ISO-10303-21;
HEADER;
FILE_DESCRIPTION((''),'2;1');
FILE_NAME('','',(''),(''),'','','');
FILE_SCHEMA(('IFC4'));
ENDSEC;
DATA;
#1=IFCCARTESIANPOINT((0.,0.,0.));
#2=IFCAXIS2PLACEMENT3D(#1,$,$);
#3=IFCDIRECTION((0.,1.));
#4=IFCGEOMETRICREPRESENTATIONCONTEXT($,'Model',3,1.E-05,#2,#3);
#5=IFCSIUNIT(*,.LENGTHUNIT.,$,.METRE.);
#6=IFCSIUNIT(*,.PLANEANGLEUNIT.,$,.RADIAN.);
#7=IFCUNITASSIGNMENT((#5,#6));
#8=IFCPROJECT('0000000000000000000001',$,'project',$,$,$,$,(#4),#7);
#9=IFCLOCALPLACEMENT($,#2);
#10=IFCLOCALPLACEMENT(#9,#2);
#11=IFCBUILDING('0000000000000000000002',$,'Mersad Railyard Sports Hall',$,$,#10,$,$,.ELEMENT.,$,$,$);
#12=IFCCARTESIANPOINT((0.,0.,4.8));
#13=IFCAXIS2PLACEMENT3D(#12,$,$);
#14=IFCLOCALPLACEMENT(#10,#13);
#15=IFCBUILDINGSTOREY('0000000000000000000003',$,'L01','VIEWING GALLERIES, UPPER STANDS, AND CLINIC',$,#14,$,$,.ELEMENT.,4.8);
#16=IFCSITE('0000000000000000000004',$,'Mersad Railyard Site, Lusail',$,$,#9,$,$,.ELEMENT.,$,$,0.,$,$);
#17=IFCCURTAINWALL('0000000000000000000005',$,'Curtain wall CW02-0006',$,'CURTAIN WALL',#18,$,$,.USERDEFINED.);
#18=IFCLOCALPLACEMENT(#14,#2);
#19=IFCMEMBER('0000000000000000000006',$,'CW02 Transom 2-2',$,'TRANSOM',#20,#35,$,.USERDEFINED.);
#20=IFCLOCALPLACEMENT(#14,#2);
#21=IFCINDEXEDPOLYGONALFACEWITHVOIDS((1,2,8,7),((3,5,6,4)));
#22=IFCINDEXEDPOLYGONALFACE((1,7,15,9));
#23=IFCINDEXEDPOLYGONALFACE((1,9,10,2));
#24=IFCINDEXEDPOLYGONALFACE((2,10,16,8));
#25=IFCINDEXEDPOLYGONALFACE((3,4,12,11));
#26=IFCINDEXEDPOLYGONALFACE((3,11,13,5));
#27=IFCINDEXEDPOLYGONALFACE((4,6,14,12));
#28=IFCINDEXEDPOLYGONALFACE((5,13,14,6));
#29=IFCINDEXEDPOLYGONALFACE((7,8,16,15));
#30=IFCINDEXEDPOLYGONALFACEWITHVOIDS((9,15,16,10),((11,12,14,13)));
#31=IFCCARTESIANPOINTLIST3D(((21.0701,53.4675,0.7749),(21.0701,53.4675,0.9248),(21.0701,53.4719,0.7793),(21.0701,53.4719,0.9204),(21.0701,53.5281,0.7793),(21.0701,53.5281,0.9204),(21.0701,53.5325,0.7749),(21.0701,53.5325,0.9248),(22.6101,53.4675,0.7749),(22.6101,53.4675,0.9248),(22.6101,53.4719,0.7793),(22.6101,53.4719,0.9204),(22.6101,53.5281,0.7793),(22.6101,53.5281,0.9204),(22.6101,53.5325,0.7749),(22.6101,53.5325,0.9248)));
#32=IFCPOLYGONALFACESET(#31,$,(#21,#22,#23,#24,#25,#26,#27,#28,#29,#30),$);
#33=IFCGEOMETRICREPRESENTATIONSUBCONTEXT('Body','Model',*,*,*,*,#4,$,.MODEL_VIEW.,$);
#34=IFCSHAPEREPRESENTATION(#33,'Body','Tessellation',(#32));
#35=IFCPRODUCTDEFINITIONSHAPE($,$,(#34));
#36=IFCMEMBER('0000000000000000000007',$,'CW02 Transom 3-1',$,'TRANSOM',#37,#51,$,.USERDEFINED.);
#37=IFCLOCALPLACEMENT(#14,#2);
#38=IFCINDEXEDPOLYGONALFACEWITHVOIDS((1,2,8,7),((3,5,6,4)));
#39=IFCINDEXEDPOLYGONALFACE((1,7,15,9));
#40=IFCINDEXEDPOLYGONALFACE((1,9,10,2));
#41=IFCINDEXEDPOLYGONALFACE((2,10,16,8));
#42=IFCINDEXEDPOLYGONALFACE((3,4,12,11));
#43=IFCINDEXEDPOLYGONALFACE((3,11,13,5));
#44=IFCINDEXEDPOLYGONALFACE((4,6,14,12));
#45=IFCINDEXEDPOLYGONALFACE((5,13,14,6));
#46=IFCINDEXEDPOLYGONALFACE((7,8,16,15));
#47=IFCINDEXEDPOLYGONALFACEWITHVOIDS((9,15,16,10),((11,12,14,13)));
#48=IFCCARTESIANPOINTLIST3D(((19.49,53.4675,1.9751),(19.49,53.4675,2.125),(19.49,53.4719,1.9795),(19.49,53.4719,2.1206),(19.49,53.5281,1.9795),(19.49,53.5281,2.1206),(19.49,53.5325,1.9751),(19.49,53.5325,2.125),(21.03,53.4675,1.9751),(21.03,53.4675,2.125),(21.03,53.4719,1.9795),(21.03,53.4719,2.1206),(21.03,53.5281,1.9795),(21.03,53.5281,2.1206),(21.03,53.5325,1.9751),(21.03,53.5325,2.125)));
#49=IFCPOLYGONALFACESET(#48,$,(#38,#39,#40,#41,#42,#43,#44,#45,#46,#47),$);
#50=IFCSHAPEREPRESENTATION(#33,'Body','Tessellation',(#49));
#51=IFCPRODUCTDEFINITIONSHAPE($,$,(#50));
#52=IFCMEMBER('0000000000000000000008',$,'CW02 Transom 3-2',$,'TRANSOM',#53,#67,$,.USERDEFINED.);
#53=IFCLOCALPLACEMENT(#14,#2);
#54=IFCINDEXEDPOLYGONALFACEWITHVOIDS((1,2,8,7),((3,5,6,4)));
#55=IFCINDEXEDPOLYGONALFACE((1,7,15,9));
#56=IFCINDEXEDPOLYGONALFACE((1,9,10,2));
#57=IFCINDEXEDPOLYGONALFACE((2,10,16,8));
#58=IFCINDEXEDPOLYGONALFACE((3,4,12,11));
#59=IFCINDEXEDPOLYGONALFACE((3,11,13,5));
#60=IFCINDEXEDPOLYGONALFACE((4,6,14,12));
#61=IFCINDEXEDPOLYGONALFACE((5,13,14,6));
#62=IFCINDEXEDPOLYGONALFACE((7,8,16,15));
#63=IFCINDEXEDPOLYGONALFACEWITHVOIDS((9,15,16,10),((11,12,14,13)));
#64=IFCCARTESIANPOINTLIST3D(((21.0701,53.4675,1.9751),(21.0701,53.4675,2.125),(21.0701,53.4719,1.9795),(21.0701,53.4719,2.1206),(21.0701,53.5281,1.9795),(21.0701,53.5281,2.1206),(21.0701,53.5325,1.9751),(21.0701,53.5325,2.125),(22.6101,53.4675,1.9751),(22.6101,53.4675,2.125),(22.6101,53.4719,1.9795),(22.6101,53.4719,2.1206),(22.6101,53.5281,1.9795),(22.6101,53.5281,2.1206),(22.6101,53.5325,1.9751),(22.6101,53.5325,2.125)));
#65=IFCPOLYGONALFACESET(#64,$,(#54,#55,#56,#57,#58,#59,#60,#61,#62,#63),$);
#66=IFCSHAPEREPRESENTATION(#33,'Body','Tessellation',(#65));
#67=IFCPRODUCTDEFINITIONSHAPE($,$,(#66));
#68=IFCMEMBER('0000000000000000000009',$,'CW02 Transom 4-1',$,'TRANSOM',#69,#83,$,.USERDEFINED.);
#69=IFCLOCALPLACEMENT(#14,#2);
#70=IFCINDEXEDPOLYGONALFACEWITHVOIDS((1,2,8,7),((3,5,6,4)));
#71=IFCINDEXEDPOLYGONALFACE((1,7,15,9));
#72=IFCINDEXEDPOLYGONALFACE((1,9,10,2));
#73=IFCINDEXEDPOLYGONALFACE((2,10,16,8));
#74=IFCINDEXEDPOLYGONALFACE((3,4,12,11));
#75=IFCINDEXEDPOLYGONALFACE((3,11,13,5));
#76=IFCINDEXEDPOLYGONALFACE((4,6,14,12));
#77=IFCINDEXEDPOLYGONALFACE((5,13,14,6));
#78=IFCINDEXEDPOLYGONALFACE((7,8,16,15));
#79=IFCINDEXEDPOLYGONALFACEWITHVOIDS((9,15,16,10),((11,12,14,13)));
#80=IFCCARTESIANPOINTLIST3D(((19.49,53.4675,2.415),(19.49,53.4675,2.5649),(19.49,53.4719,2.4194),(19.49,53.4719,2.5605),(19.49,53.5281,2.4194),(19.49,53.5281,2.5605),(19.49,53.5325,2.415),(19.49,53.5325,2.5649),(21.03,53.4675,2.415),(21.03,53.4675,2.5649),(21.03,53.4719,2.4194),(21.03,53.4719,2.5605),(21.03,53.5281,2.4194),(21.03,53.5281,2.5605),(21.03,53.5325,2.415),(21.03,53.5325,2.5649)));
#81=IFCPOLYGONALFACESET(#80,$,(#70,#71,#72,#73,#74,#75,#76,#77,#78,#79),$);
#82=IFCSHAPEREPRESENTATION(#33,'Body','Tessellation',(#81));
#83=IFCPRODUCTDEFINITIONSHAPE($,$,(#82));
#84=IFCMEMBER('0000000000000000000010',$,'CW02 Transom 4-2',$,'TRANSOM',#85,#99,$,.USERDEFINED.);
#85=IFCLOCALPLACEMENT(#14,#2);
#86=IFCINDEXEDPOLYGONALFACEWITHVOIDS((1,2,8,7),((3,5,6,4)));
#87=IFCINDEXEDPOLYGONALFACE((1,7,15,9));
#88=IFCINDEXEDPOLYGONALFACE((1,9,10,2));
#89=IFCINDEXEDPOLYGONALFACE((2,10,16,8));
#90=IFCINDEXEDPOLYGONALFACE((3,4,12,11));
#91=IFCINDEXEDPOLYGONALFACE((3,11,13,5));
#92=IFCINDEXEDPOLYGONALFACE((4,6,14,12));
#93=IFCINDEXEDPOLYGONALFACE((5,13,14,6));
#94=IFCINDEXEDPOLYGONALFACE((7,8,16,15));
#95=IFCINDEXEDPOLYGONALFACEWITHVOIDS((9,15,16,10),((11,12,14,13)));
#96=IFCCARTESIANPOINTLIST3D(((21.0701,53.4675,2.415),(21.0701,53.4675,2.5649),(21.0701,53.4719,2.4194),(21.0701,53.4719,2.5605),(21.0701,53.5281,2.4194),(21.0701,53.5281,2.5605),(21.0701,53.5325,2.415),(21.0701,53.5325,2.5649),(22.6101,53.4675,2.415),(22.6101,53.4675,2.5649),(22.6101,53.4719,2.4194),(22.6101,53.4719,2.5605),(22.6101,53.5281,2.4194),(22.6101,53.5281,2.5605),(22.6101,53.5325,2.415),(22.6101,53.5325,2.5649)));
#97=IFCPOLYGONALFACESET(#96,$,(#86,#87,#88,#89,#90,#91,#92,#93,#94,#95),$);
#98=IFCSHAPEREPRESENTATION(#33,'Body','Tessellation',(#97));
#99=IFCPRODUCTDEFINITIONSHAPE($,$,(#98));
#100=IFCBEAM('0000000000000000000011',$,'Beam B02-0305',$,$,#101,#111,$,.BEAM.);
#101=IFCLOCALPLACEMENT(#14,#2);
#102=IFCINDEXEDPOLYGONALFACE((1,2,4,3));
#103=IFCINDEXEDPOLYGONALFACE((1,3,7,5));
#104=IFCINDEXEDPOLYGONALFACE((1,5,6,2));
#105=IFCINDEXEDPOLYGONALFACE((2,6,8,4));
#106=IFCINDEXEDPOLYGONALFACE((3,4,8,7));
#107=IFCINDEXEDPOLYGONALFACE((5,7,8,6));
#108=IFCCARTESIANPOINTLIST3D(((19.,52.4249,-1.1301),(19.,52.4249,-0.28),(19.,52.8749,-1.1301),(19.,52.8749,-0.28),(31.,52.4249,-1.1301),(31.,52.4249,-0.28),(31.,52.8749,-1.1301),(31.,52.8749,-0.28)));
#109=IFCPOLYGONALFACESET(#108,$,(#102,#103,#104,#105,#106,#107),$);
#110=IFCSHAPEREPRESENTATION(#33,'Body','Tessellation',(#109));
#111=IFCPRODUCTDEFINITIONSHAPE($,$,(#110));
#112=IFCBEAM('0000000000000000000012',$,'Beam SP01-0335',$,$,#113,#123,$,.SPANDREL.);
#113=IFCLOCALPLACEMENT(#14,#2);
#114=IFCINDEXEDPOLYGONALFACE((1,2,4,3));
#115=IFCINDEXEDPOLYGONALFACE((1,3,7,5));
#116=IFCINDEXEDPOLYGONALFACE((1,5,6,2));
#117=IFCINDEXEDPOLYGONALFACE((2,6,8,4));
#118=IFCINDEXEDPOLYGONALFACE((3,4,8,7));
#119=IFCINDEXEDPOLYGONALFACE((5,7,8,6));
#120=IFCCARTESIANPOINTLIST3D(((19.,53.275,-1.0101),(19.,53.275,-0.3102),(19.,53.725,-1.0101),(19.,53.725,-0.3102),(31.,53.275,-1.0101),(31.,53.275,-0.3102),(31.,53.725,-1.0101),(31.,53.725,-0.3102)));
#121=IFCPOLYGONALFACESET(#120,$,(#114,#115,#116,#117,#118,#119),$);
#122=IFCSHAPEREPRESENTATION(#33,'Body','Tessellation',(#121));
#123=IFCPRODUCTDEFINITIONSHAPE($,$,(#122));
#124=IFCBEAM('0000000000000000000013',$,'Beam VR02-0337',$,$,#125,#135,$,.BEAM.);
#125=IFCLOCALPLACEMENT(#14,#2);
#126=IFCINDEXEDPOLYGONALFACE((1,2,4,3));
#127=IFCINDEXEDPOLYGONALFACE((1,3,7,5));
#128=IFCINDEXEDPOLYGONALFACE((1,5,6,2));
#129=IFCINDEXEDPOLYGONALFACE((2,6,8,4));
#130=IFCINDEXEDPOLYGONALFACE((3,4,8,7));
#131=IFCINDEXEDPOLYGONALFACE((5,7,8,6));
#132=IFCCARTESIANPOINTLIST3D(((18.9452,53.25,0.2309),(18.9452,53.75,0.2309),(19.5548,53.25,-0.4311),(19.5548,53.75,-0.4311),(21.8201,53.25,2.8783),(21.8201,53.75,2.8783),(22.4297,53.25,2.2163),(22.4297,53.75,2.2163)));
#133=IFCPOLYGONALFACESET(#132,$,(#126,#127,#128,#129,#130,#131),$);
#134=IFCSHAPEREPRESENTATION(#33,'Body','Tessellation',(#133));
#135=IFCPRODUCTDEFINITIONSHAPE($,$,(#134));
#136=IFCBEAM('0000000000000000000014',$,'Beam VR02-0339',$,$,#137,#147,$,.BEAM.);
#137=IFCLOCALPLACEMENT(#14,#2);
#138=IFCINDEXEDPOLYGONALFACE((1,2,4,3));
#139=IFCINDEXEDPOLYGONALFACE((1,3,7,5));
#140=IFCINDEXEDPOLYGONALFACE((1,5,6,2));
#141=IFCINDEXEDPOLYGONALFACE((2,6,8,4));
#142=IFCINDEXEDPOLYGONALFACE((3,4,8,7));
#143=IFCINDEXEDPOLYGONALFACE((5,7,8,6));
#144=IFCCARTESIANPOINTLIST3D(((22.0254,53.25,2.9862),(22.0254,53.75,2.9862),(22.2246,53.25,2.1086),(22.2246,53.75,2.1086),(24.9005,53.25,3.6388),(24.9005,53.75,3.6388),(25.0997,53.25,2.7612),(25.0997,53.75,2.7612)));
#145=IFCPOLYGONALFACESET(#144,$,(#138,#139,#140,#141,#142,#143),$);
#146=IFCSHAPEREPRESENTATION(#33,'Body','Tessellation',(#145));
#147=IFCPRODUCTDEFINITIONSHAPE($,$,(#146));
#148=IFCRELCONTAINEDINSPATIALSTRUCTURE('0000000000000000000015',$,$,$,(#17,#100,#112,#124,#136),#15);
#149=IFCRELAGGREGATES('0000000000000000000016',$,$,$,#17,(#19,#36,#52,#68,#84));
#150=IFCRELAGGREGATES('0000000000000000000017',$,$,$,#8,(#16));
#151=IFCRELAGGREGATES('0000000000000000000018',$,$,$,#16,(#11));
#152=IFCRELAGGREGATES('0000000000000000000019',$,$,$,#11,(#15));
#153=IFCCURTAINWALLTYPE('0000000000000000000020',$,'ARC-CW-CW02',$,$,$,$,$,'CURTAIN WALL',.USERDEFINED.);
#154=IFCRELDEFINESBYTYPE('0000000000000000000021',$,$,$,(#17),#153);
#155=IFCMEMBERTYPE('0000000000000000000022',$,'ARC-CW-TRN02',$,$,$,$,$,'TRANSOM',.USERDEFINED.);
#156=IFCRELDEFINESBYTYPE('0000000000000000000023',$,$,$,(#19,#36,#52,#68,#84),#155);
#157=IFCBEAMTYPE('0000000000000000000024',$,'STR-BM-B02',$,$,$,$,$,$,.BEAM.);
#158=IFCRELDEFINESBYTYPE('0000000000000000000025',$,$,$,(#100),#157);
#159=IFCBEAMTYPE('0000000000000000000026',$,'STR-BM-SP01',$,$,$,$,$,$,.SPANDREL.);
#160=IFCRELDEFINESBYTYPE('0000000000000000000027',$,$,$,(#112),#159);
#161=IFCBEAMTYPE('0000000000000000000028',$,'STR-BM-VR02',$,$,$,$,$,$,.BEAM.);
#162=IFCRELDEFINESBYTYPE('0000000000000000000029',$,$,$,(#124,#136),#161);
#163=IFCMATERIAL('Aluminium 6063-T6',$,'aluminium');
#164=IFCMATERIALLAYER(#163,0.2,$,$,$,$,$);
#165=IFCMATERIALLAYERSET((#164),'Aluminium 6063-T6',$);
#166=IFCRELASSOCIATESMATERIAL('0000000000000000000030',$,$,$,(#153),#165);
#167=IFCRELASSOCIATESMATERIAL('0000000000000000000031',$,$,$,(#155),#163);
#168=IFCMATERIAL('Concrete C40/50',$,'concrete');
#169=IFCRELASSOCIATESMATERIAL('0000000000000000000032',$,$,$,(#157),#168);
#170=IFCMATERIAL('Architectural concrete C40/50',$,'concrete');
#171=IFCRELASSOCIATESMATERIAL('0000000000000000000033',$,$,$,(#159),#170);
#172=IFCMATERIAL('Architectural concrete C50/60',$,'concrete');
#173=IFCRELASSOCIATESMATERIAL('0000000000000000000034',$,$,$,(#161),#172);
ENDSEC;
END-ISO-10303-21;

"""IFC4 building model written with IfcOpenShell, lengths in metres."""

from ifc_helpers import new_model, si_unit, direction, frame, origin, origin_2d, place, context, subcontext, project, spatial, rectangle, hollow_rectangle, extrude, material, layer, layer_set, material_profile, profile_set, type_object, element, aggregate, save


model = new_model("IFC4")

# Units and contexts
model_context = context("Model", 3, precision=1e-05, world=origin(), true_north=direction((0.0, 1.0)))
body_context = subcontext(model_context, "Body", "Model", "MODEL_VIEW")
ifc_project = project(units=[si_unit("LENGTHUNIT", "METRE"), si_unit("PLANEANGLEUNIT", "RADIAN")], contexts=[model_context])

# Site, building, storey
site_placement = place(None, origin())
site = spatial("IfcSite", under=ifc_project, at=site_placement, Name="Mersad Railyard Site, Lusail", CompositionType="ELEMENT", RefElevation=0.0)
building_placement = place(site_placement, origin())
building = spatial("IfcBuilding", under=site, at=building_placement, Name="Mersad Railyard Sports Hall", CompositionType="ELEMENT")
storey_placement = place(building_placement, frame((0.0, 0.0, 4.8)))
storey = spatial("IfcBuildingStorey", under=building, at=storey_placement, Name="L01", Description="VIEWING GALLERIES, UPPER STANDS, AND CLINIC", CompositionType="ELEMENT", Elevation=4.8)

# Shared definitions
ifc_material_1 = material(Name="Architectural concrete C50/60", Category="concrete")

# Shared definitions
ifc_material_2 = material(Name="Aluminium 6063-T6", Category="aluminium")
ifc_layer_1 = layer(ifc_material_2, 0.2)
ifc_layer_set_1 = layer_set([ifc_layer_1], Name="Aluminium 6063-T6")
curtain_wall_type = type_object("IfcCurtainWallType", Name="ARC-CW-CW02", ElementType="CURTAIN WALL", PredefinedType="USERDEFINED", material=ifc_layer_set_1)

# Curtain wall
curtain_wall_1_placement = place(storey_placement, origin())
curtain_wall_1 = element("IfcCurtainWall", 1, at=curtain_wall_1_placement, inside=storey, type_object=curtain_wall_type, Name="Curtain wall CW02-0006", ObjectType="CURTAIN WALL", PredefinedType="USERDEFINED")

# Members
ifc_material_profile_1 = material_profile(ifc_material_2, hollow_rectangle(XDim=0.0649, YDim=0.1499, WallThickness=0.0044, at=origin_2d()), Name="AL TRANSOM 65x150x4.5")
ifc_profile_set_1 = profile_set([ifc_material_profile_1], Name="Aluminium 6063-T6")
member_type_1 = type_object("IfcMemberType", Name="ARC-CW-TRN02", ElementType="TRANSOM", PredefinedType="USERDEFINED", material=ifc_profile_set_1)
member_1_placement = place(storey_placement, frame((21.0701, 53.5, 0.8499), z_axis=(1.0, 0.0, 0.0), x_axis=(0.0, 1.0, 0.0)))
member_1 = element("IfcMember", 2, at=member_1_placement, type_object=member_type_1, Name="CW02 Transom 2-2", ObjectType="TRANSOM", PredefinedType="USERDEFINED", context=body_context, shape_type="SweptSolid", body=[
    extrude(hollow_rectangle(XDim=0.0649, YDim=0.1499, WallThickness=0.0044, at=origin_2d()), origin(), (0.0, 0.0, 1.0), 1.54),
])
member_2_placement = place(storey_placement, frame((19.49, 53.5, 2.05), z_axis=(1.0, 0.0, 0.0), x_axis=(0.0, 1.0, 0.0)))
member_2 = element("IfcMember", 3, at=member_2_placement, type_object=member_type_1, Name="CW02 Transom 3-1", ObjectType="TRANSOM", PredefinedType="USERDEFINED", context=body_context, shape_type="SweptSolid", body=[
    extrude(hollow_rectangle(XDim=0.0649, YDim=0.1499, WallThickness=0.0044, at=origin_2d()), origin(), (0.0, 0.0, 1.0), 1.54),
])
member_3_placement = place(storey_placement, frame((21.0701, 53.5, 2.05), z_axis=(1.0, 0.0, 0.0), x_axis=(0.0, 1.0, 0.0)))
member_3 = element("IfcMember", 4, at=member_3_placement, type_object=member_type_1, Name="CW02 Transom 3-2", ObjectType="TRANSOM", PredefinedType="USERDEFINED", context=body_context, shape_type="SweptSolid", body=[
    extrude(hollow_rectangle(XDim=0.0649, YDim=0.1499, WallThickness=0.0044, at=origin_2d()), origin(), (0.0, 0.0, 1.0), 1.54),
])
member_4_placement = place(storey_placement, frame((19.49, 53.5, 2.49), z_axis=(1.0, 0.0, 0.0), x_axis=(0.0, 1.0, 0.0)))
member_4 = element("IfcMember", 5, at=member_4_placement, type_object=member_type_1, Name="CW02 Transom 4-1", ObjectType="TRANSOM", PredefinedType="USERDEFINED", context=body_context, shape_type="SweptSolid", body=[
    extrude(hollow_rectangle(XDim=0.0649, YDim=0.1499, WallThickness=0.0044, at=origin_2d()), origin(), (0.0, 0.0, 1.0), 1.54),
])
member_5_placement = place(storey_placement, frame((21.0701, 53.5, 2.49), z_axis=(1.0, 0.0, 0.0), x_axis=(0.0, 1.0, 0.0)))
member_5 = element("IfcMember", 6, at=member_5_placement, type_object=member_type_1, Name="CW02 Transom 4-2", ObjectType="TRANSOM", PredefinedType="USERDEFINED", context=body_context, shape_type="SweptSolid", body=[
    extrude(hollow_rectangle(XDim=0.0649, YDim=0.1499, WallThickness=0.0044, at=origin_2d()), origin(), (0.0, 0.0, 1.0), 1.54),
])

# Beams
ifc_material_3 = material(Name="Concrete C40/50", Category="concrete")
ifc_material_profile_2 = material_profile(ifc_material_3, rectangle(XDim=0.45, YDim=0.8501, at=origin_2d()), Name="RC 450x850")
ifc_profile_set_2 = profile_set([ifc_material_profile_2], Name="Concrete C40/50")
beam_type_1 = type_object("IfcBeamType", Name="STR-BM-B02", PredefinedType="BEAM", material=ifc_profile_set_2)
beam_1_placement = place(storey_placement, frame((19.0, 52.6499, -0.7051), z_axis=(1.0, 0.0, 0.0), x_axis=(0.0, 1.0, 0.0)))
element("IfcBeam", 7, at=beam_1_placement, inside=storey, type_object=beam_type_1, Name="Beam B02-0305", PredefinedType="BEAM", context=body_context, shape_type="SweptSolid", body=[
    extrude(rectangle(XDim=0.45, YDim=0.8501, at=origin_2d()), origin(), (0.0, 0.0, 1.0), 12.0),
])
ifc_material_4 = material(Name="Architectural concrete C40/50", Category="concrete")
ifc_material_profile_3 = material_profile(ifc_material_4, rectangle(XDim=0.45, YDim=0.7, at=origin_2d()), Name="RC 450x700")
ifc_profile_set_3 = profile_set([ifc_material_profile_3], Name="Architectural concrete C40/50")
beam_type_2 = type_object("IfcBeamType", Name="STR-BM-SP01", PredefinedType="SPANDREL", material=ifc_profile_set_3)
beam_2_placement = place(storey_placement, frame((19.0, 53.5, -0.6602), z_axis=(1.0, 0.0, 0.0), x_axis=(0.0, 1.0, 0.0)))
element("IfcBeam", 8, at=beam_2_placement, inside=storey, type_object=beam_type_2, Name="Beam SP01-0335", PredefinedType="SPANDREL", context=body_context, shape_type="SweptSolid", body=[
    extrude(rectangle(XDim=0.45, YDim=0.7, at=origin_2d()), origin(), (0.0, 0.0, 1.0), 12.0),
])
ifc_material_profile_4 = material_profile(ifc_material_1, rectangle(XDim=0.5, YDim=0.8999, at=origin_2d()), Name="VR 500x900")
ifc_profile_set_4 = profile_set([ifc_material_profile_4], Name="Architectural concrete C50/60")
beam_type_3 = type_object("IfcBeamType", Name="STR-BM-VR02", PredefinedType="BEAM", material=ifc_profile_set_4)
beam_3_placement = place(storey_placement, frame((19.25, 53.5, -0.1001), z_axis=(0.735617, 0.0, 0.677397), x_axis=(0.0, 1.0, 0.0)))
element("IfcBeam", 9, at=beam_3_placement, inside=storey, type_object=beam_type_3, Name="Beam VR02-0337", PredefinedType="BEAM", context=body_context, shape_type="SweptSolid", body=[
    extrude(rectangle(XDim=0.5, YDim=0.8999, at=origin_2d()), origin(), (0.0, 0.0, 1.0), 3.9082),
])
beam_4_placement = place(storey_placement, frame((22.125, 53.5, 2.5474), z_axis=(0.975193, 0.0, 0.221356), x_axis=(0.0, 1.0, 0.0)))
element("IfcBeam", 10, at=beam_4_placement, inside=storey, type_object=beam_type_3, Name="Beam VR02-0339", PredefinedType="BEAM", context=body_context, shape_type="SweptSolid", body=[
    extrude(rectangle(XDim=0.5, YDim=0.8999, at=origin_2d()), origin(), (0.0, 0.0, 1.0), 2.9482),
])

aggregate(curtain_wall_1, [member_1, member_2, member_3, member_4, member_5])

save(model, "model.ifc")
